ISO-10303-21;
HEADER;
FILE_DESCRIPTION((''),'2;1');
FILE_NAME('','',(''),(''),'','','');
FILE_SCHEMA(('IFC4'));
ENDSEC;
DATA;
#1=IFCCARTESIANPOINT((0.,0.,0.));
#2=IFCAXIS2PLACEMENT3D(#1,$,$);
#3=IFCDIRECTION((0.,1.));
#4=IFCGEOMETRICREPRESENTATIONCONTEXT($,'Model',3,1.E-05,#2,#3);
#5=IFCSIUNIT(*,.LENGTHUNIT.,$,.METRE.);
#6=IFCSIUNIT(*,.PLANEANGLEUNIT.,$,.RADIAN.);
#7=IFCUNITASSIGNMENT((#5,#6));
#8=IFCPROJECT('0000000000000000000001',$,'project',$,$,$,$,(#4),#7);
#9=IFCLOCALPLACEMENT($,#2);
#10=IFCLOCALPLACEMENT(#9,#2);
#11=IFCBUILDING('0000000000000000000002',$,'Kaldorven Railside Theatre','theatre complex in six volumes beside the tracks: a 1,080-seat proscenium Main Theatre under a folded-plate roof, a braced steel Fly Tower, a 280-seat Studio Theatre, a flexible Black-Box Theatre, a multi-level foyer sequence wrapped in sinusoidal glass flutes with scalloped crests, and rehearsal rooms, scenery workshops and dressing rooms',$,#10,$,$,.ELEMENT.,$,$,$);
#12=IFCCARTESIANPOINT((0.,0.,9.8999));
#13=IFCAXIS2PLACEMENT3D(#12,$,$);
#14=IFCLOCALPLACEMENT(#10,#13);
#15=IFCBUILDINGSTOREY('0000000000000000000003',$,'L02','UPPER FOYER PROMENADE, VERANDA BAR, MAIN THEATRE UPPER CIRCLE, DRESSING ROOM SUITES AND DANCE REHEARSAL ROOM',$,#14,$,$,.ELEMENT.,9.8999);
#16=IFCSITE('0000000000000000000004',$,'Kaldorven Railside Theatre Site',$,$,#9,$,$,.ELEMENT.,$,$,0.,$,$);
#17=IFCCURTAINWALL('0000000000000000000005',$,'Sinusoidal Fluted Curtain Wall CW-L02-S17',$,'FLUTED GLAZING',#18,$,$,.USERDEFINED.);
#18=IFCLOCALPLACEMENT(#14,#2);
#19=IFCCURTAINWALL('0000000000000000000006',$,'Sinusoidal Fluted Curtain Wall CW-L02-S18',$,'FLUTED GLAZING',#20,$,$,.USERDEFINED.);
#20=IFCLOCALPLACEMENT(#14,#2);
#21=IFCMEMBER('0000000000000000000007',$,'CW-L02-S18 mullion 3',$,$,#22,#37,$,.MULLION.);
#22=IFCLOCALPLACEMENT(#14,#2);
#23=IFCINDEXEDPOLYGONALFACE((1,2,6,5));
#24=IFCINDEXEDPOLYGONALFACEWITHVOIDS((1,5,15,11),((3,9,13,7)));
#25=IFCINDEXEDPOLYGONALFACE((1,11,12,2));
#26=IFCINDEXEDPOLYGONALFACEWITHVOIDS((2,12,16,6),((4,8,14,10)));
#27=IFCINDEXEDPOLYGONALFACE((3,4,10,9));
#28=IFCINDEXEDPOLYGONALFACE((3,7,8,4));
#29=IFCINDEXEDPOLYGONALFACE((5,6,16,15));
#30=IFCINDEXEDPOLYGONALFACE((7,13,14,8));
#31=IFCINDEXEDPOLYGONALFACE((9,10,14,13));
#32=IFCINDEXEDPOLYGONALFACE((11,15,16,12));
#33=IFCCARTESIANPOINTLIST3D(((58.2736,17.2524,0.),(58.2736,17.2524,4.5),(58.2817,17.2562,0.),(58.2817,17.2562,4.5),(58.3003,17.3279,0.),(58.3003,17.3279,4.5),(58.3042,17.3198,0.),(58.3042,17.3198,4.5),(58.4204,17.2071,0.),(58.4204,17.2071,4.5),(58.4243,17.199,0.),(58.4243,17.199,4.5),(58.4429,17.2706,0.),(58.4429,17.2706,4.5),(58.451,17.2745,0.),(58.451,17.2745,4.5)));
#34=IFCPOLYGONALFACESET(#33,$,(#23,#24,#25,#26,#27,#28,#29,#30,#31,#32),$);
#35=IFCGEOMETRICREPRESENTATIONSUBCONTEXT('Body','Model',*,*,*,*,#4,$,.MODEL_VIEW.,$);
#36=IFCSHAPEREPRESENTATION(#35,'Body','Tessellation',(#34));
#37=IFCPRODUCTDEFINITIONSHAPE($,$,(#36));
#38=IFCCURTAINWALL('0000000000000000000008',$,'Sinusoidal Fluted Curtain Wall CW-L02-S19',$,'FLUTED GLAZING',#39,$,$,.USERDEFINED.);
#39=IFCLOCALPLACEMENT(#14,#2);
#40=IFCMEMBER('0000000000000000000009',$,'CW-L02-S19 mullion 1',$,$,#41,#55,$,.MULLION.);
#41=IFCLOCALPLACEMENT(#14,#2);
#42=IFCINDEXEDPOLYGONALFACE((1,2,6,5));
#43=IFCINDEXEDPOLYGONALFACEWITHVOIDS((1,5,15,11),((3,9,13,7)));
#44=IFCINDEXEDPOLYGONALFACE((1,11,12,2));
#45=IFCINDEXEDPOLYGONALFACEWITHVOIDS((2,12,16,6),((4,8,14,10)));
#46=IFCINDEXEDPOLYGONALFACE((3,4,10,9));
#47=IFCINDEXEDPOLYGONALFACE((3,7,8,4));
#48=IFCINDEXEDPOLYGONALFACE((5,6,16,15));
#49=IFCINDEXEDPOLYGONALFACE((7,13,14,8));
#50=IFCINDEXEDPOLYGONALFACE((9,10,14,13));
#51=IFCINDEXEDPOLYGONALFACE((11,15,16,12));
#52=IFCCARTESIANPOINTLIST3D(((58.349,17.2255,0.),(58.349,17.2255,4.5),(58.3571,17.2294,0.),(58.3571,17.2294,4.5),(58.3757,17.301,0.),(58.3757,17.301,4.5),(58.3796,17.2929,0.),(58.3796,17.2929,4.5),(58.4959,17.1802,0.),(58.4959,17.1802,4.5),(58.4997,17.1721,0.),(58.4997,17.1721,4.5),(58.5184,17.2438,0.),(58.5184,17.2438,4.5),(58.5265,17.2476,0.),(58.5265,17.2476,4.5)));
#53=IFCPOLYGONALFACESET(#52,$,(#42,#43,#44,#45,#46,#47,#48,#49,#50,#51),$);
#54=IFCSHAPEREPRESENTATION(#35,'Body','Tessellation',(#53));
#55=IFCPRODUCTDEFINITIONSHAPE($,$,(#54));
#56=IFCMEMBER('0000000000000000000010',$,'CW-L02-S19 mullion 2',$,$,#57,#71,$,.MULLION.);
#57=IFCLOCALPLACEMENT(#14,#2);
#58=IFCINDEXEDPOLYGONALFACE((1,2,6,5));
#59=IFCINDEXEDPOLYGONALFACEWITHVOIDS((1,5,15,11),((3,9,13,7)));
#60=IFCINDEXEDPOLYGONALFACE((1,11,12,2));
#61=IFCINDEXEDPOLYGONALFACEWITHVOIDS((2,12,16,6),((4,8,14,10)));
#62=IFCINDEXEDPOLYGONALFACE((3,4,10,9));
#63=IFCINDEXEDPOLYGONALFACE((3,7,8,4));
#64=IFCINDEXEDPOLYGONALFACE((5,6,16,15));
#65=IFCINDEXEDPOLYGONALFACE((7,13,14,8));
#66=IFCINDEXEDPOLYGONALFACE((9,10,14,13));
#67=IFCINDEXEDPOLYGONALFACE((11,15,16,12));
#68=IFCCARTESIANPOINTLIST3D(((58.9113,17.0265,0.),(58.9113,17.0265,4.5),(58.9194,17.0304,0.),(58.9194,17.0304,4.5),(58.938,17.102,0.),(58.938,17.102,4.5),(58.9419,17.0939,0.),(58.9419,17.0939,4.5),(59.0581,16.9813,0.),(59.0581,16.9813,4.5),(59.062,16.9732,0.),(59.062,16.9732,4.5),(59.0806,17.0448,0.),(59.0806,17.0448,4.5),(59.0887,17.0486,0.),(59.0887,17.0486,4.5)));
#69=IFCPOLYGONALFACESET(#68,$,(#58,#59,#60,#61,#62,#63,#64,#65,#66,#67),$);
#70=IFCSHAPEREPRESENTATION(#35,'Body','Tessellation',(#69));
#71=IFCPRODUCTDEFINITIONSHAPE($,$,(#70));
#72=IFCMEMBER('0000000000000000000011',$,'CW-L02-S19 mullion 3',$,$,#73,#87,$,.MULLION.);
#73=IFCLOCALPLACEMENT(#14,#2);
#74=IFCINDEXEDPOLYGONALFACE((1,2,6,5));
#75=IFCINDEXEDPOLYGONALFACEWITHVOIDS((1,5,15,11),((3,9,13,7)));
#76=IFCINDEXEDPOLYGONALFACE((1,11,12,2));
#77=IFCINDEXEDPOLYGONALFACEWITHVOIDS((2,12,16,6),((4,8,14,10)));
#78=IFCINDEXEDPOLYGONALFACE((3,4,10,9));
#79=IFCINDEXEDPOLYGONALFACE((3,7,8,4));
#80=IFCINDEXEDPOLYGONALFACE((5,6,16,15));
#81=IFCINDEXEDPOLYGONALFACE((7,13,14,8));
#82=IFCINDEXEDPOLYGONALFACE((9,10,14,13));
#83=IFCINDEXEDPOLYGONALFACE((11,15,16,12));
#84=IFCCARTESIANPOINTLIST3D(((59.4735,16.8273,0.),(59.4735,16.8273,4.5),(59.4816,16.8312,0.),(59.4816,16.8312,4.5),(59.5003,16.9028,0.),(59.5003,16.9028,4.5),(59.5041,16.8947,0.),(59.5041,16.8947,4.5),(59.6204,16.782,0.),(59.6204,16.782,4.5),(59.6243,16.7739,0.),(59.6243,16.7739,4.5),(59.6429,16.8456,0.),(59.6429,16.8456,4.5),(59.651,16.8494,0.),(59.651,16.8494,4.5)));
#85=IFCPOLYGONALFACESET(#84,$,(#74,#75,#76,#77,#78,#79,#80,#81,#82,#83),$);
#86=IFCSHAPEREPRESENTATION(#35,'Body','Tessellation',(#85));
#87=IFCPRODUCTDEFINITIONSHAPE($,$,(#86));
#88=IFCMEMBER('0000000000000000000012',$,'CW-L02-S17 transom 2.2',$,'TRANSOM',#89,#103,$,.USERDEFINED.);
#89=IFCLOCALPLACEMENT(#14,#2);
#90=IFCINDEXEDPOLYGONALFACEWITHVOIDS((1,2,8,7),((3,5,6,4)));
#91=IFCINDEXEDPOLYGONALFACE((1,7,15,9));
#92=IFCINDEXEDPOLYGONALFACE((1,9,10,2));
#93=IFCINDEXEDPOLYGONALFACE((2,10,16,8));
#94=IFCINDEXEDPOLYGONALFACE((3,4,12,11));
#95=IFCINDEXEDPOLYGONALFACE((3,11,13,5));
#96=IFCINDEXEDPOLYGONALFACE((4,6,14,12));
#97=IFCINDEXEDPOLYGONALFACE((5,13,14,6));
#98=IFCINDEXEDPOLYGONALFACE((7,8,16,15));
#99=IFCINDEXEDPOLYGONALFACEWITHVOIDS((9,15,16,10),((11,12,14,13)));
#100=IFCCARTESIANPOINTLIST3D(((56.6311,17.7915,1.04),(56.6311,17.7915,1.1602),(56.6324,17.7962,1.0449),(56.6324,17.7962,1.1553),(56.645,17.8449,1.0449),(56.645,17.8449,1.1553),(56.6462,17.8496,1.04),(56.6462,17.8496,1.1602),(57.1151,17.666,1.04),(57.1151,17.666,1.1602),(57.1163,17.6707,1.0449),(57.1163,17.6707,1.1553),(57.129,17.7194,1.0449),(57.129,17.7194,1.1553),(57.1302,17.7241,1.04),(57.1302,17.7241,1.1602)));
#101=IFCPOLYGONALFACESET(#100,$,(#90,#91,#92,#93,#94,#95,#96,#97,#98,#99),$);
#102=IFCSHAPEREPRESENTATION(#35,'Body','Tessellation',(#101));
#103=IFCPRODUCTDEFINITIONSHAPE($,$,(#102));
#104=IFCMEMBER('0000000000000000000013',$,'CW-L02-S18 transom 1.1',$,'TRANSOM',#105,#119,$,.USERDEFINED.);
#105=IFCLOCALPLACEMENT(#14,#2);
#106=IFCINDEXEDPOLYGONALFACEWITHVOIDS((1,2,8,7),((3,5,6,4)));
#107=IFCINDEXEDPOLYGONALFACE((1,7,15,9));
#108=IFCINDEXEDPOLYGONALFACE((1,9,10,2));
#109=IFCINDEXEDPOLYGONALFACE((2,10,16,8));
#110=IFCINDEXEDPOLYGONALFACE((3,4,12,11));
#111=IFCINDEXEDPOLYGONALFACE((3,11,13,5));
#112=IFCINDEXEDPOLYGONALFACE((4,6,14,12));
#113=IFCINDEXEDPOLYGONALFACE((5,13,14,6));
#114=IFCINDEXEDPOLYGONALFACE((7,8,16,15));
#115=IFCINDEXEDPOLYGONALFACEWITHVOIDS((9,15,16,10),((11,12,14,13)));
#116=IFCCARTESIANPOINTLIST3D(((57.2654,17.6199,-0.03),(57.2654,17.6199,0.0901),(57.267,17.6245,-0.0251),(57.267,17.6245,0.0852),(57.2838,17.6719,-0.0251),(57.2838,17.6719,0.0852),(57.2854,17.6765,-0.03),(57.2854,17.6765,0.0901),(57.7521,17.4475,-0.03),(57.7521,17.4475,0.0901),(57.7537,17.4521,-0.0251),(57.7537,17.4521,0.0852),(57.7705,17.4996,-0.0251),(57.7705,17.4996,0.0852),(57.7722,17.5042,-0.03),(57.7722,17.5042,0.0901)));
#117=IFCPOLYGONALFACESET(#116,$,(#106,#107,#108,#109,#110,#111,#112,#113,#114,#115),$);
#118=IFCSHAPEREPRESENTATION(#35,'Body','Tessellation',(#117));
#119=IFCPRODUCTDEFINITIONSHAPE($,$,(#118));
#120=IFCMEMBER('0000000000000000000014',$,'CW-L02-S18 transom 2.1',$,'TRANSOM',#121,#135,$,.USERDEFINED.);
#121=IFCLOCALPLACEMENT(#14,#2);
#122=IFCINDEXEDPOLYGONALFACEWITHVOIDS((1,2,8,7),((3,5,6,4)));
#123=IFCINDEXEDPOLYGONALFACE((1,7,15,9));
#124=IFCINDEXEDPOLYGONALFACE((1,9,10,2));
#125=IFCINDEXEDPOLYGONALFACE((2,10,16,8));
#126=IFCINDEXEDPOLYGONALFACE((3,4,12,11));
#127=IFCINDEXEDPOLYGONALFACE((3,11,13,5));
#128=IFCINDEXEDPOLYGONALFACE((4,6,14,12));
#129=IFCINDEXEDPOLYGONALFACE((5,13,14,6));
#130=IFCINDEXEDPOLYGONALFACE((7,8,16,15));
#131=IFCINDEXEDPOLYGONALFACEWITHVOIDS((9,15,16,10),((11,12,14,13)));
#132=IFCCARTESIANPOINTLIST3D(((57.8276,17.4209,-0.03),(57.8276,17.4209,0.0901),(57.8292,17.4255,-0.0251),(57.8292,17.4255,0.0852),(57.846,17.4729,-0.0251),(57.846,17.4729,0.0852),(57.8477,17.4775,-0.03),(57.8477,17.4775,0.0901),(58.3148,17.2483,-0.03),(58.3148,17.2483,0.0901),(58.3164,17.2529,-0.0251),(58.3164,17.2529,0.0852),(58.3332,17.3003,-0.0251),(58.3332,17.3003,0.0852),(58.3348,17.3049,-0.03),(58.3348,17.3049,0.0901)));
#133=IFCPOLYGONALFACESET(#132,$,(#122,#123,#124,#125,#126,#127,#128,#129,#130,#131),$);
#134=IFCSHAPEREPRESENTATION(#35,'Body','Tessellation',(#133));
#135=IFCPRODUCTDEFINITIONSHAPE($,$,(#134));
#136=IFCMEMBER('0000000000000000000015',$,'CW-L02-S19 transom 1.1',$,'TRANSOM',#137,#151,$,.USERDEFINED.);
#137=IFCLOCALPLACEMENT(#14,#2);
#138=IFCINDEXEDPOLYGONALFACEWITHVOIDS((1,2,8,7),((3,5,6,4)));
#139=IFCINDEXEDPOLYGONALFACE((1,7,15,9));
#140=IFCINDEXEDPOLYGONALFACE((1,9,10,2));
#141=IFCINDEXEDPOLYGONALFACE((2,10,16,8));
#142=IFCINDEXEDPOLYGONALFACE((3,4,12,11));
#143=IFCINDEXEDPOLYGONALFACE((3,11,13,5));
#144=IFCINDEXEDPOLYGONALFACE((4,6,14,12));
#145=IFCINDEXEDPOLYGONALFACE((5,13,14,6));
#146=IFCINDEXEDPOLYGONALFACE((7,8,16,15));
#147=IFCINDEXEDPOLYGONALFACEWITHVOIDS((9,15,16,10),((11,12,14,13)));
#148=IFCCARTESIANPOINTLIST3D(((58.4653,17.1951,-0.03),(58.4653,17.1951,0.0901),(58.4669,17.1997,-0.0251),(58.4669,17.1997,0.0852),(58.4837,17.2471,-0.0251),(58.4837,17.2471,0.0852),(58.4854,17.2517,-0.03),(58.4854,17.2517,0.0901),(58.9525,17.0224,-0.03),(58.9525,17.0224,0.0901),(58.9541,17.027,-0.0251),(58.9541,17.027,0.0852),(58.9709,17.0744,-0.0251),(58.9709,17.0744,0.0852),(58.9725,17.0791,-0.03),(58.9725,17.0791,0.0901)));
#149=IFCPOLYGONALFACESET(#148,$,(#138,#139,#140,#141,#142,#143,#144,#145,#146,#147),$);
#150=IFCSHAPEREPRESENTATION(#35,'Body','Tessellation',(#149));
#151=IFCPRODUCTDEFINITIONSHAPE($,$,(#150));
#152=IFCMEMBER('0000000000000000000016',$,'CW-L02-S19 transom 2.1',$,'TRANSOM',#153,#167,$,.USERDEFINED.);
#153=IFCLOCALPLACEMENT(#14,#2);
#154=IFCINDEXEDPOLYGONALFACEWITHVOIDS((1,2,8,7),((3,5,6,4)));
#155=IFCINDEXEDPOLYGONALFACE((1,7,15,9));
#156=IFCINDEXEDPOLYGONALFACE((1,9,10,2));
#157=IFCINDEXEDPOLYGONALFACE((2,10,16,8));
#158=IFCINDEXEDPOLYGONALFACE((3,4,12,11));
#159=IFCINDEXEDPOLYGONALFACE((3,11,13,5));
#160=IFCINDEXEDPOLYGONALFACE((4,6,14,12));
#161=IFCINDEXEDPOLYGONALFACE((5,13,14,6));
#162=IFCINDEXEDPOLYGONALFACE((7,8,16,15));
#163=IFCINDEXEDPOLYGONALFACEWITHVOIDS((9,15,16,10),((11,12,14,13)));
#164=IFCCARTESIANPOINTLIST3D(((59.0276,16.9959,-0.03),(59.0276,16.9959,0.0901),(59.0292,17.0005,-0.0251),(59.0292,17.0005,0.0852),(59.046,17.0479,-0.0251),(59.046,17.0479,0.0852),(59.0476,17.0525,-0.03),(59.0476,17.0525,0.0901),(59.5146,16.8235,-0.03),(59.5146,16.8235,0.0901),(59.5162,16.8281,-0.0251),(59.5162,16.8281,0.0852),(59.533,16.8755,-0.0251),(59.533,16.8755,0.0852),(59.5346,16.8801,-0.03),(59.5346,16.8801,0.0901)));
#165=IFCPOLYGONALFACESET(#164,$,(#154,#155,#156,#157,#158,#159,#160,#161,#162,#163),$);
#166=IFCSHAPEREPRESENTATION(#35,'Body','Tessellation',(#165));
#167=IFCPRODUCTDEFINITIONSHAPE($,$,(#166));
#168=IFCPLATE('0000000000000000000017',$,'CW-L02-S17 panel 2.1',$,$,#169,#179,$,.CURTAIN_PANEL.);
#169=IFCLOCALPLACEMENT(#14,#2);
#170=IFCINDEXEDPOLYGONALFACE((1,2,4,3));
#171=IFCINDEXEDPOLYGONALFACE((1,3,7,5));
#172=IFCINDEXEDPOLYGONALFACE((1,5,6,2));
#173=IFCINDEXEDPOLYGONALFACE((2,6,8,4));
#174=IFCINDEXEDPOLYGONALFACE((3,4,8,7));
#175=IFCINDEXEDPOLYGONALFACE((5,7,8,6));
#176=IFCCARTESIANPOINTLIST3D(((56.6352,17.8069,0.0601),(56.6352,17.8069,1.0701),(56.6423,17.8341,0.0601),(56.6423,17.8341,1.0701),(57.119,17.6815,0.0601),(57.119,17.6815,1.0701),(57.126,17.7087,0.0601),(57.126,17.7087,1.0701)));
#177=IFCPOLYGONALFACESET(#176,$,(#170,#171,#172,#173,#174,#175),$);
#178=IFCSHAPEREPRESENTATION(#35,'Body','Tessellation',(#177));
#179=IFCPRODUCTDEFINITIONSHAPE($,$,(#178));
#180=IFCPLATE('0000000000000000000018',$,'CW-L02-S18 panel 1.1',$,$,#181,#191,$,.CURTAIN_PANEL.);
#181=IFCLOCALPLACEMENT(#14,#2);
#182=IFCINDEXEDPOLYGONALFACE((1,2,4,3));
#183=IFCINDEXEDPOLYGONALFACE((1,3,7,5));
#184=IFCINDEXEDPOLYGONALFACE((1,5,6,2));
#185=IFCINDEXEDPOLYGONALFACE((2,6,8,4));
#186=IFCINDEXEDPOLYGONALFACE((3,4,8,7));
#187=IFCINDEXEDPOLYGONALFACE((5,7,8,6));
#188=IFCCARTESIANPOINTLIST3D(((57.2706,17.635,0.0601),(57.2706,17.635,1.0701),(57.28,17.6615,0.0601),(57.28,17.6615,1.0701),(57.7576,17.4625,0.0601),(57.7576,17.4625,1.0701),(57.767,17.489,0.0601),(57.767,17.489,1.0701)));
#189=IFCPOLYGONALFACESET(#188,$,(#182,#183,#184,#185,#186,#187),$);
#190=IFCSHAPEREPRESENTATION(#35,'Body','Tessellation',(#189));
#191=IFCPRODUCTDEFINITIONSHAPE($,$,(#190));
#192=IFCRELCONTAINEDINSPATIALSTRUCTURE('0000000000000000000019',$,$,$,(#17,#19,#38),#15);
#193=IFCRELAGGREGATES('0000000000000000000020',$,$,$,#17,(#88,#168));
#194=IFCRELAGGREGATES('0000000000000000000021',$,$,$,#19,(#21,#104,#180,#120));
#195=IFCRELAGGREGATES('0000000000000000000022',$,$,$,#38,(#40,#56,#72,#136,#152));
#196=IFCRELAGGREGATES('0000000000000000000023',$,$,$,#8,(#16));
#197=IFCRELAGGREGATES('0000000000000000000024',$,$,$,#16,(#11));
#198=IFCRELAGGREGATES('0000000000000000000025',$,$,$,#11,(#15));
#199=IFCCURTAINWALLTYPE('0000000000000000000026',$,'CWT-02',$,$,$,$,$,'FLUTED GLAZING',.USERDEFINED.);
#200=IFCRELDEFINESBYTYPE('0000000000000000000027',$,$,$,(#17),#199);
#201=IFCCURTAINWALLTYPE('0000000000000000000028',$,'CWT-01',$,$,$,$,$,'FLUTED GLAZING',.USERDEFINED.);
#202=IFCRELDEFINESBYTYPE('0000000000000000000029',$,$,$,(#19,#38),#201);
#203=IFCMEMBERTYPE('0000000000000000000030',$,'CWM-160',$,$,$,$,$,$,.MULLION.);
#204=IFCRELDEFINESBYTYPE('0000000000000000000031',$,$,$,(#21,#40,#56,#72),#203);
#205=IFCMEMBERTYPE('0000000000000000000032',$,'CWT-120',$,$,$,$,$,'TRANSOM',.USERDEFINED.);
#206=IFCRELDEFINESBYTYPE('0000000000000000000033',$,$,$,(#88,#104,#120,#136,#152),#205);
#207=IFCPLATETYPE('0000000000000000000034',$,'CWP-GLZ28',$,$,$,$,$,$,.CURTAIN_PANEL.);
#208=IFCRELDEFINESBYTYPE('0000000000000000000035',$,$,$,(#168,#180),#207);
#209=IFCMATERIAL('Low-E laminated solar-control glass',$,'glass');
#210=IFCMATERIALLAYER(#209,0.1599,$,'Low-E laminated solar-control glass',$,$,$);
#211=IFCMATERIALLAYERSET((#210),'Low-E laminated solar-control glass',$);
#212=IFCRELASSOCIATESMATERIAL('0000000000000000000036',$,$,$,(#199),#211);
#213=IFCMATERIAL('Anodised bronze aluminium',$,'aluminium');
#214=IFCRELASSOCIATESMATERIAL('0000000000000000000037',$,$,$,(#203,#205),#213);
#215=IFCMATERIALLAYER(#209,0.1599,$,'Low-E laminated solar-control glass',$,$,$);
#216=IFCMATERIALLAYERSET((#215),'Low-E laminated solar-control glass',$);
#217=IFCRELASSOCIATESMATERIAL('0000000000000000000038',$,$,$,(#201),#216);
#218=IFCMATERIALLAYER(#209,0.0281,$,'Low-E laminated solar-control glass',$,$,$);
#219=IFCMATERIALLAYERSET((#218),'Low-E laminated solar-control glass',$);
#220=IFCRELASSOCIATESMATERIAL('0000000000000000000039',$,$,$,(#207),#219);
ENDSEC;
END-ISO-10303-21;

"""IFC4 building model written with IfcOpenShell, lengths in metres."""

from ifc_helpers import new_model, si_unit, direction, frame, origin, origin_2d, place, context, subcontext, project, spatial, rectangle, hollow_rectangle, extrude, material, layer, layer_set, material_profile, profile_set, type_object, element, aggregate, save


model = new_model("IFC4")

# Units and contexts
model_context = context("Model", 3, precision=1e-05, world=origin(), true_north=direction((0.0, 1.0)))
body_context = subcontext(model_context, "Body", "Model", "MODEL_VIEW")
ifc_project = project(units=[si_unit("LENGTHUNIT", "METRE"), si_unit("PLANEANGLEUNIT", "RADIAN")], contexts=[model_context])

# Site, building, storey
site_placement = place(None, origin())
site = spatial("IfcSite", under=ifc_project, at=site_placement, Name="Kaldorven Railside Theatre Site", CompositionType="ELEMENT", RefElevation=0.0)
building_placement = place(site_placement, origin())
building = spatial("IfcBuilding", under=site, at=building_placement, Name="Kaldorven Railside Theatre", Description="theatre complex in six volumes beside the tracks: a 1,080-seat proscenium Main Theatre under a folded-plate roof, a braced steel Fly Tower, a 280-seat Studio Theatre, a flexible Black-Box Theatre, a multi-level foyer sequence wrapped in sinusoidal glass flutes with scalloped crests, and rehearsal rooms, scenery workshops and dressing rooms", CompositionType="ELEMENT")
storey_placement = place(building_placement, frame((0.0, 0.0, 9.8999)))
storey = spatial("IfcBuildingStorey", under=building, at=storey_placement, Name="L02", Description="UPPER FOYER PROMENADE, VERANDA BAR, MAIN THEATRE UPPER CIRCLE, DRESSING ROOM SUITES AND DANCE REHEARSAL ROOM", CompositionType="ELEMENT", Elevation=9.8999)

# Curtain wall
ifc_material_1 = material(Name="Low-E laminated solar-control glass", Category="glass")
ifc_layer_1 = layer(ifc_material_1, 0.1599, Name="Low-E laminated solar-control glass")
ifc_layer_set_1 = layer_set([ifc_layer_1], Name="Low-E laminated solar-control glass")
curtain_wall_type_1 = type_object("IfcCurtainWallType", Name="CWT-02", ElementType="FLUTED GLAZING", PredefinedType="USERDEFINED", material=ifc_layer_set_1)
curtain_wall_1_placement = place(storey_placement, origin())
curtain_wall_1 = element("IfcCurtainWall", 1, at=curtain_wall_1_placement, inside=storey, type_object=curtain_wall_type_1, Name="Sinusoidal Fluted Curtain Wall CW-L02-S17", ObjectType="FLUTED GLAZING", PredefinedType="USERDEFINED")
ifc_material_2 = material(Name="Anodised bronze aluminium", Category="aluminium")
ifc_material_profile_1 = material_profile(ifc_material_2, hollow_rectangle(XDim=0.0801, YDim=0.1599, WallThickness=0.0063, at=origin_2d()), Name="RHS 160x80x6.3")
ifc_profile_set_1 = profile_set([ifc_material_profile_1], Name="Anodised bronze aluminium")
member_type_1 = type_object("IfcMemberType", Name="CWM-160", PredefinedType="MULLION", material=ifc_profile_set_1)

# Curtain walls, members
ifc_layer_2 = layer(ifc_material_1, 0.1599, Name="Low-E laminated solar-control glass")
ifc_layer_set_2 = layer_set([ifc_layer_2], Name="Low-E laminated solar-control glass")
curtain_wall_type_2 = type_object("IfcCurtainWallType", Name="CWT-01", ElementType="FLUTED GLAZING", PredefinedType="USERDEFINED", material=ifc_layer_set_2)
curtain_wall_2_placement = place(storey_placement, origin())
curtain_wall_2 = element("IfcCurtainWall", 2, at=curtain_wall_2_placement, inside=storey, type_object=curtain_wall_type_2, Name="Sinusoidal Fluted Curtain Wall CW-L02-S18", ObjectType="FLUTED GLAZING", PredefinedType="USERDEFINED")
member_1_placement = place(storey_placement, frame((58.3623, 17.2634, 0.0), z_axis=(0.0, 0.0, 1.0), x_axis=(0.333847, 0.942627, 0.0)))
member_1 = element("IfcMember", 3, at=member_1_placement, type_object=member_type_1, Name="CW-L02-S18 mullion 3", PredefinedType="MULLION", context=body_context, shape_type="SweptSolid", body=[
    extrude(hollow_rectangle(XDim=0.0801, YDim=0.1599, WallThickness=0.0063, at=origin_2d()), origin(), (0.0, 0.0, 1.0), 4.5),
])
curtain_wall_3_placement = place(storey_placement, origin())
curtain_wall_3 = element("IfcCurtainWall", 4, at=curtain_wall_3_placement, inside=storey, type_object=curtain_wall_type_2, Name="Sinusoidal Fluted Curtain Wall CW-L02-S19", ObjectType="FLUTED GLAZING", PredefinedType="USERDEFINED")
member_2_placement = place(storey_placement, frame((58.4377, 17.2366, 0.0), z_axis=(0.0, 0.0, 1.0), x_axis=(0.333847, 0.942627, 0.0)))
member_2 = element("IfcMember", 5, at=member_2_placement, type_object=member_type_1, Name="CW-L02-S19 mullion 1", PredefinedType="MULLION", context=body_context, shape_type="SweptSolid", body=[
    extrude(hollow_rectangle(XDim=0.0801, YDim=0.1599, WallThickness=0.0063, at=origin_2d()), origin(), (0.0, 0.0, 1.0), 4.5),
])
member_3_placement = place(storey_placement, frame((59.0, 17.0376, 0.0), z_axis=(0.0, 0.0, 1.0), x_axis=(0.333847, 0.942627, 0.0)))
member_3 = element("IfcMember", 6, at=member_3_placement, type_object=member_type_1, Name="CW-L02-S19 mullion 2", PredefinedType="MULLION", context=body_context, shape_type="SweptSolid", body=[
    extrude(hollow_rectangle(XDim=0.0801, YDim=0.1599, WallThickness=0.0063, at=origin_2d()), origin(), (0.0, 0.0, 1.0), 4.5),
])
member_4_placement = place(storey_placement, frame((59.5623, 16.8384, 0.0), z_axis=(0.0, 0.0, 1.0), x_axis=(0.333847, 0.942627, 0.0)))
member_4 = element("IfcMember", 7, at=member_4_placement, type_object=member_type_1, Name="CW-L02-S19 mullion 3", PredefinedType="MULLION", context=body_context, shape_type="SweptSolid", body=[
    extrude(hollow_rectangle(XDim=0.0801, YDim=0.1599, WallThickness=0.0063, at=origin_2d()), origin(), (0.0, 0.0, 1.0), 4.5),
])

# Members
ifc_material_profile_2 = material_profile(ifc_material_2, hollow_rectangle(XDim=0.0601, YDim=0.1201, WallThickness=0.0049, at=origin_2d()), Name="RHS 120x60x5")
ifc_profile_set_2 = profile_set([ifc_material_profile_2], Name="Anodised bronze aluminium")
member_type_2 = type_object("IfcMemberType", Name="CWT-120", ElementType="TRANSOM", PredefinedType="USERDEFINED", material=ifc_profile_set_2)
member_5_placement = place(storey_placement, frame((56.6387, 17.8206, 1.1001), z_axis=(0.967979, -0.25103, 0.0), x_axis=(0.25103, 0.967979, 0.0)))
member_5 = element("IfcMember", 8, at=member_5_placement, type_object=member_type_2, Name="CW-L02-S17 transom 2.2", ObjectType="TRANSOM", PredefinedType="USERDEFINED", context=body_context, shape_type="SweptSolid", body=[
    extrude(hollow_rectangle(XDim=0.0601, YDim=0.1201, WallThickness=0.0049, at=origin_2d()), origin(), (0.0, 0.0, 1.0), 0.5),
])
member_6_placement = place(storey_placement, frame((57.2754, 17.6482, 0.03), z_axis=(0.942658, -0.33376, 0.0), x_axis=(0.33376, 0.942658, 0.0)))
member_6 = element("IfcMember", 9, at=member_6_placement, type_object=member_type_2, Name="CW-L02-S18 transom 1.1", ObjectType="TRANSOM", PredefinedType="USERDEFINED", context=body_context, shape_type="SweptSolid", body=[
    extrude(hollow_rectangle(XDim=0.0601, YDim=0.1201, WallThickness=0.0049, at=origin_2d()), origin(), (0.0, 0.0, 1.0), 0.5164),
])
member_7_placement = place(storey_placement, frame((57.8376, 17.4492, 0.03), z_axis=(0.942562, -0.334031, 0.0), x_axis=(0.334031, 0.942562, 0.0)))
member_7 = element("IfcMember", 10, at=member_7_placement, type_object=member_type_2, Name="CW-L02-S18 transom 2.1", ObjectType="TRANSOM", PredefinedType="USERDEFINED", context=body_context, shape_type="SweptSolid", body=[
    extrude(hollow_rectangle(XDim=0.0601, YDim=0.1201, WallThickness=0.0049, at=origin_2d()), origin(), (0.0, 0.0, 1.0), 0.5168),
])
member_8_placement = place(storey_placement, frame((58.4753, 17.2234, 0.03), z_axis=(0.942562, -0.334031, 0.0), x_axis=(0.334031, 0.942562, 0.0)))
member_8 = element("IfcMember", 11, at=member_8_placement, type_object=member_type_2, Name="CW-L02-S19 transom 1.1", ObjectType="TRANSOM", PredefinedType="USERDEFINED", context=body_context, shape_type="SweptSolid", body=[
    extrude(hollow_rectangle(XDim=0.0601, YDim=0.1201, WallThickness=0.0049, at=origin_2d()), origin(), (0.0, 0.0, 1.0), 0.5168),
])
member_9_placement = place(storey_placement, frame((59.0376, 17.0242, 0.03), z_axis=(0.942711, -0.333611, 0.0), x_axis=(0.333611, 0.942711, 0.0)))
member_9 = element("IfcMember", 12, at=member_9_placement, type_object=member_type_2, Name="CW-L02-S19 transom 2.1", ObjectType="TRANSOM", PredefinedType="USERDEFINED", context=body_context, shape_type="SweptSolid", body=[
    extrude(hollow_rectangle(XDim=0.0601, YDim=0.1201, WallThickness=0.0049, at=origin_2d()), origin(), (0.0, 0.0, 1.0), 0.5166),
])

# Plates
ifc_layer_3 = layer(ifc_material_1, 0.0281, Name="Low-E laminated solar-control glass")
ifc_layer_set_3 = layer_set([ifc_layer_3], Name="Low-E laminated solar-control glass")
plate_type = type_object("IfcPlateType", Name="CWP-GLZ28", PredefinedType="CURTAIN_PANEL", material=ifc_layer_set_3)
plate_1_placement = place(storey_placement, frame((56.8806, 17.7578, 0.0601), z_axis=(0.0, 0.0, 1.0), x_axis=(0.967999, -0.250954, 0.0)))
plate_1 = element("IfcPlate", 13, at=plate_1_placement, type_object=plate_type, Name="CW-L02-S17 panel 2.1", PredefinedType="CURTAIN_PANEL", context=body_context, shape_type="SweptSolid", body=[
    extrude(rectangle(XDim=0.4998, YDim=0.0281, at=origin_2d()), origin(), (0.0, 0.0, 1.0), 1.01),
])
aggregate(curtain_wall_1, [member_5, plate_1])
plate_2_placement = place(storey_placement, frame((57.5188, 17.562, 0.0601), z_axis=(0.0, 0.0, 1.0), x_axis=(0.942627, -0.333847, 0.0)))
plate_2 = element("IfcPlate", 14, at=plate_2_placement, type_object=plate_type, Name="CW-L02-S18 panel 1.1", PredefinedType="CURTAIN_PANEL", context=body_context, shape_type="SweptSolid", body=[
    extrude(rectangle(XDim=0.5166, YDim=0.0281, at=origin_2d()), origin(), (0.0, 0.0, 1.0), 1.01),
])
aggregate(curtain_wall_2, [member_1, member_6, plate_2, member_7])
aggregate(curtain_wall_3, [member_2, member_3, member_4, member_8, member_9])

save(model, "model.ifc")
